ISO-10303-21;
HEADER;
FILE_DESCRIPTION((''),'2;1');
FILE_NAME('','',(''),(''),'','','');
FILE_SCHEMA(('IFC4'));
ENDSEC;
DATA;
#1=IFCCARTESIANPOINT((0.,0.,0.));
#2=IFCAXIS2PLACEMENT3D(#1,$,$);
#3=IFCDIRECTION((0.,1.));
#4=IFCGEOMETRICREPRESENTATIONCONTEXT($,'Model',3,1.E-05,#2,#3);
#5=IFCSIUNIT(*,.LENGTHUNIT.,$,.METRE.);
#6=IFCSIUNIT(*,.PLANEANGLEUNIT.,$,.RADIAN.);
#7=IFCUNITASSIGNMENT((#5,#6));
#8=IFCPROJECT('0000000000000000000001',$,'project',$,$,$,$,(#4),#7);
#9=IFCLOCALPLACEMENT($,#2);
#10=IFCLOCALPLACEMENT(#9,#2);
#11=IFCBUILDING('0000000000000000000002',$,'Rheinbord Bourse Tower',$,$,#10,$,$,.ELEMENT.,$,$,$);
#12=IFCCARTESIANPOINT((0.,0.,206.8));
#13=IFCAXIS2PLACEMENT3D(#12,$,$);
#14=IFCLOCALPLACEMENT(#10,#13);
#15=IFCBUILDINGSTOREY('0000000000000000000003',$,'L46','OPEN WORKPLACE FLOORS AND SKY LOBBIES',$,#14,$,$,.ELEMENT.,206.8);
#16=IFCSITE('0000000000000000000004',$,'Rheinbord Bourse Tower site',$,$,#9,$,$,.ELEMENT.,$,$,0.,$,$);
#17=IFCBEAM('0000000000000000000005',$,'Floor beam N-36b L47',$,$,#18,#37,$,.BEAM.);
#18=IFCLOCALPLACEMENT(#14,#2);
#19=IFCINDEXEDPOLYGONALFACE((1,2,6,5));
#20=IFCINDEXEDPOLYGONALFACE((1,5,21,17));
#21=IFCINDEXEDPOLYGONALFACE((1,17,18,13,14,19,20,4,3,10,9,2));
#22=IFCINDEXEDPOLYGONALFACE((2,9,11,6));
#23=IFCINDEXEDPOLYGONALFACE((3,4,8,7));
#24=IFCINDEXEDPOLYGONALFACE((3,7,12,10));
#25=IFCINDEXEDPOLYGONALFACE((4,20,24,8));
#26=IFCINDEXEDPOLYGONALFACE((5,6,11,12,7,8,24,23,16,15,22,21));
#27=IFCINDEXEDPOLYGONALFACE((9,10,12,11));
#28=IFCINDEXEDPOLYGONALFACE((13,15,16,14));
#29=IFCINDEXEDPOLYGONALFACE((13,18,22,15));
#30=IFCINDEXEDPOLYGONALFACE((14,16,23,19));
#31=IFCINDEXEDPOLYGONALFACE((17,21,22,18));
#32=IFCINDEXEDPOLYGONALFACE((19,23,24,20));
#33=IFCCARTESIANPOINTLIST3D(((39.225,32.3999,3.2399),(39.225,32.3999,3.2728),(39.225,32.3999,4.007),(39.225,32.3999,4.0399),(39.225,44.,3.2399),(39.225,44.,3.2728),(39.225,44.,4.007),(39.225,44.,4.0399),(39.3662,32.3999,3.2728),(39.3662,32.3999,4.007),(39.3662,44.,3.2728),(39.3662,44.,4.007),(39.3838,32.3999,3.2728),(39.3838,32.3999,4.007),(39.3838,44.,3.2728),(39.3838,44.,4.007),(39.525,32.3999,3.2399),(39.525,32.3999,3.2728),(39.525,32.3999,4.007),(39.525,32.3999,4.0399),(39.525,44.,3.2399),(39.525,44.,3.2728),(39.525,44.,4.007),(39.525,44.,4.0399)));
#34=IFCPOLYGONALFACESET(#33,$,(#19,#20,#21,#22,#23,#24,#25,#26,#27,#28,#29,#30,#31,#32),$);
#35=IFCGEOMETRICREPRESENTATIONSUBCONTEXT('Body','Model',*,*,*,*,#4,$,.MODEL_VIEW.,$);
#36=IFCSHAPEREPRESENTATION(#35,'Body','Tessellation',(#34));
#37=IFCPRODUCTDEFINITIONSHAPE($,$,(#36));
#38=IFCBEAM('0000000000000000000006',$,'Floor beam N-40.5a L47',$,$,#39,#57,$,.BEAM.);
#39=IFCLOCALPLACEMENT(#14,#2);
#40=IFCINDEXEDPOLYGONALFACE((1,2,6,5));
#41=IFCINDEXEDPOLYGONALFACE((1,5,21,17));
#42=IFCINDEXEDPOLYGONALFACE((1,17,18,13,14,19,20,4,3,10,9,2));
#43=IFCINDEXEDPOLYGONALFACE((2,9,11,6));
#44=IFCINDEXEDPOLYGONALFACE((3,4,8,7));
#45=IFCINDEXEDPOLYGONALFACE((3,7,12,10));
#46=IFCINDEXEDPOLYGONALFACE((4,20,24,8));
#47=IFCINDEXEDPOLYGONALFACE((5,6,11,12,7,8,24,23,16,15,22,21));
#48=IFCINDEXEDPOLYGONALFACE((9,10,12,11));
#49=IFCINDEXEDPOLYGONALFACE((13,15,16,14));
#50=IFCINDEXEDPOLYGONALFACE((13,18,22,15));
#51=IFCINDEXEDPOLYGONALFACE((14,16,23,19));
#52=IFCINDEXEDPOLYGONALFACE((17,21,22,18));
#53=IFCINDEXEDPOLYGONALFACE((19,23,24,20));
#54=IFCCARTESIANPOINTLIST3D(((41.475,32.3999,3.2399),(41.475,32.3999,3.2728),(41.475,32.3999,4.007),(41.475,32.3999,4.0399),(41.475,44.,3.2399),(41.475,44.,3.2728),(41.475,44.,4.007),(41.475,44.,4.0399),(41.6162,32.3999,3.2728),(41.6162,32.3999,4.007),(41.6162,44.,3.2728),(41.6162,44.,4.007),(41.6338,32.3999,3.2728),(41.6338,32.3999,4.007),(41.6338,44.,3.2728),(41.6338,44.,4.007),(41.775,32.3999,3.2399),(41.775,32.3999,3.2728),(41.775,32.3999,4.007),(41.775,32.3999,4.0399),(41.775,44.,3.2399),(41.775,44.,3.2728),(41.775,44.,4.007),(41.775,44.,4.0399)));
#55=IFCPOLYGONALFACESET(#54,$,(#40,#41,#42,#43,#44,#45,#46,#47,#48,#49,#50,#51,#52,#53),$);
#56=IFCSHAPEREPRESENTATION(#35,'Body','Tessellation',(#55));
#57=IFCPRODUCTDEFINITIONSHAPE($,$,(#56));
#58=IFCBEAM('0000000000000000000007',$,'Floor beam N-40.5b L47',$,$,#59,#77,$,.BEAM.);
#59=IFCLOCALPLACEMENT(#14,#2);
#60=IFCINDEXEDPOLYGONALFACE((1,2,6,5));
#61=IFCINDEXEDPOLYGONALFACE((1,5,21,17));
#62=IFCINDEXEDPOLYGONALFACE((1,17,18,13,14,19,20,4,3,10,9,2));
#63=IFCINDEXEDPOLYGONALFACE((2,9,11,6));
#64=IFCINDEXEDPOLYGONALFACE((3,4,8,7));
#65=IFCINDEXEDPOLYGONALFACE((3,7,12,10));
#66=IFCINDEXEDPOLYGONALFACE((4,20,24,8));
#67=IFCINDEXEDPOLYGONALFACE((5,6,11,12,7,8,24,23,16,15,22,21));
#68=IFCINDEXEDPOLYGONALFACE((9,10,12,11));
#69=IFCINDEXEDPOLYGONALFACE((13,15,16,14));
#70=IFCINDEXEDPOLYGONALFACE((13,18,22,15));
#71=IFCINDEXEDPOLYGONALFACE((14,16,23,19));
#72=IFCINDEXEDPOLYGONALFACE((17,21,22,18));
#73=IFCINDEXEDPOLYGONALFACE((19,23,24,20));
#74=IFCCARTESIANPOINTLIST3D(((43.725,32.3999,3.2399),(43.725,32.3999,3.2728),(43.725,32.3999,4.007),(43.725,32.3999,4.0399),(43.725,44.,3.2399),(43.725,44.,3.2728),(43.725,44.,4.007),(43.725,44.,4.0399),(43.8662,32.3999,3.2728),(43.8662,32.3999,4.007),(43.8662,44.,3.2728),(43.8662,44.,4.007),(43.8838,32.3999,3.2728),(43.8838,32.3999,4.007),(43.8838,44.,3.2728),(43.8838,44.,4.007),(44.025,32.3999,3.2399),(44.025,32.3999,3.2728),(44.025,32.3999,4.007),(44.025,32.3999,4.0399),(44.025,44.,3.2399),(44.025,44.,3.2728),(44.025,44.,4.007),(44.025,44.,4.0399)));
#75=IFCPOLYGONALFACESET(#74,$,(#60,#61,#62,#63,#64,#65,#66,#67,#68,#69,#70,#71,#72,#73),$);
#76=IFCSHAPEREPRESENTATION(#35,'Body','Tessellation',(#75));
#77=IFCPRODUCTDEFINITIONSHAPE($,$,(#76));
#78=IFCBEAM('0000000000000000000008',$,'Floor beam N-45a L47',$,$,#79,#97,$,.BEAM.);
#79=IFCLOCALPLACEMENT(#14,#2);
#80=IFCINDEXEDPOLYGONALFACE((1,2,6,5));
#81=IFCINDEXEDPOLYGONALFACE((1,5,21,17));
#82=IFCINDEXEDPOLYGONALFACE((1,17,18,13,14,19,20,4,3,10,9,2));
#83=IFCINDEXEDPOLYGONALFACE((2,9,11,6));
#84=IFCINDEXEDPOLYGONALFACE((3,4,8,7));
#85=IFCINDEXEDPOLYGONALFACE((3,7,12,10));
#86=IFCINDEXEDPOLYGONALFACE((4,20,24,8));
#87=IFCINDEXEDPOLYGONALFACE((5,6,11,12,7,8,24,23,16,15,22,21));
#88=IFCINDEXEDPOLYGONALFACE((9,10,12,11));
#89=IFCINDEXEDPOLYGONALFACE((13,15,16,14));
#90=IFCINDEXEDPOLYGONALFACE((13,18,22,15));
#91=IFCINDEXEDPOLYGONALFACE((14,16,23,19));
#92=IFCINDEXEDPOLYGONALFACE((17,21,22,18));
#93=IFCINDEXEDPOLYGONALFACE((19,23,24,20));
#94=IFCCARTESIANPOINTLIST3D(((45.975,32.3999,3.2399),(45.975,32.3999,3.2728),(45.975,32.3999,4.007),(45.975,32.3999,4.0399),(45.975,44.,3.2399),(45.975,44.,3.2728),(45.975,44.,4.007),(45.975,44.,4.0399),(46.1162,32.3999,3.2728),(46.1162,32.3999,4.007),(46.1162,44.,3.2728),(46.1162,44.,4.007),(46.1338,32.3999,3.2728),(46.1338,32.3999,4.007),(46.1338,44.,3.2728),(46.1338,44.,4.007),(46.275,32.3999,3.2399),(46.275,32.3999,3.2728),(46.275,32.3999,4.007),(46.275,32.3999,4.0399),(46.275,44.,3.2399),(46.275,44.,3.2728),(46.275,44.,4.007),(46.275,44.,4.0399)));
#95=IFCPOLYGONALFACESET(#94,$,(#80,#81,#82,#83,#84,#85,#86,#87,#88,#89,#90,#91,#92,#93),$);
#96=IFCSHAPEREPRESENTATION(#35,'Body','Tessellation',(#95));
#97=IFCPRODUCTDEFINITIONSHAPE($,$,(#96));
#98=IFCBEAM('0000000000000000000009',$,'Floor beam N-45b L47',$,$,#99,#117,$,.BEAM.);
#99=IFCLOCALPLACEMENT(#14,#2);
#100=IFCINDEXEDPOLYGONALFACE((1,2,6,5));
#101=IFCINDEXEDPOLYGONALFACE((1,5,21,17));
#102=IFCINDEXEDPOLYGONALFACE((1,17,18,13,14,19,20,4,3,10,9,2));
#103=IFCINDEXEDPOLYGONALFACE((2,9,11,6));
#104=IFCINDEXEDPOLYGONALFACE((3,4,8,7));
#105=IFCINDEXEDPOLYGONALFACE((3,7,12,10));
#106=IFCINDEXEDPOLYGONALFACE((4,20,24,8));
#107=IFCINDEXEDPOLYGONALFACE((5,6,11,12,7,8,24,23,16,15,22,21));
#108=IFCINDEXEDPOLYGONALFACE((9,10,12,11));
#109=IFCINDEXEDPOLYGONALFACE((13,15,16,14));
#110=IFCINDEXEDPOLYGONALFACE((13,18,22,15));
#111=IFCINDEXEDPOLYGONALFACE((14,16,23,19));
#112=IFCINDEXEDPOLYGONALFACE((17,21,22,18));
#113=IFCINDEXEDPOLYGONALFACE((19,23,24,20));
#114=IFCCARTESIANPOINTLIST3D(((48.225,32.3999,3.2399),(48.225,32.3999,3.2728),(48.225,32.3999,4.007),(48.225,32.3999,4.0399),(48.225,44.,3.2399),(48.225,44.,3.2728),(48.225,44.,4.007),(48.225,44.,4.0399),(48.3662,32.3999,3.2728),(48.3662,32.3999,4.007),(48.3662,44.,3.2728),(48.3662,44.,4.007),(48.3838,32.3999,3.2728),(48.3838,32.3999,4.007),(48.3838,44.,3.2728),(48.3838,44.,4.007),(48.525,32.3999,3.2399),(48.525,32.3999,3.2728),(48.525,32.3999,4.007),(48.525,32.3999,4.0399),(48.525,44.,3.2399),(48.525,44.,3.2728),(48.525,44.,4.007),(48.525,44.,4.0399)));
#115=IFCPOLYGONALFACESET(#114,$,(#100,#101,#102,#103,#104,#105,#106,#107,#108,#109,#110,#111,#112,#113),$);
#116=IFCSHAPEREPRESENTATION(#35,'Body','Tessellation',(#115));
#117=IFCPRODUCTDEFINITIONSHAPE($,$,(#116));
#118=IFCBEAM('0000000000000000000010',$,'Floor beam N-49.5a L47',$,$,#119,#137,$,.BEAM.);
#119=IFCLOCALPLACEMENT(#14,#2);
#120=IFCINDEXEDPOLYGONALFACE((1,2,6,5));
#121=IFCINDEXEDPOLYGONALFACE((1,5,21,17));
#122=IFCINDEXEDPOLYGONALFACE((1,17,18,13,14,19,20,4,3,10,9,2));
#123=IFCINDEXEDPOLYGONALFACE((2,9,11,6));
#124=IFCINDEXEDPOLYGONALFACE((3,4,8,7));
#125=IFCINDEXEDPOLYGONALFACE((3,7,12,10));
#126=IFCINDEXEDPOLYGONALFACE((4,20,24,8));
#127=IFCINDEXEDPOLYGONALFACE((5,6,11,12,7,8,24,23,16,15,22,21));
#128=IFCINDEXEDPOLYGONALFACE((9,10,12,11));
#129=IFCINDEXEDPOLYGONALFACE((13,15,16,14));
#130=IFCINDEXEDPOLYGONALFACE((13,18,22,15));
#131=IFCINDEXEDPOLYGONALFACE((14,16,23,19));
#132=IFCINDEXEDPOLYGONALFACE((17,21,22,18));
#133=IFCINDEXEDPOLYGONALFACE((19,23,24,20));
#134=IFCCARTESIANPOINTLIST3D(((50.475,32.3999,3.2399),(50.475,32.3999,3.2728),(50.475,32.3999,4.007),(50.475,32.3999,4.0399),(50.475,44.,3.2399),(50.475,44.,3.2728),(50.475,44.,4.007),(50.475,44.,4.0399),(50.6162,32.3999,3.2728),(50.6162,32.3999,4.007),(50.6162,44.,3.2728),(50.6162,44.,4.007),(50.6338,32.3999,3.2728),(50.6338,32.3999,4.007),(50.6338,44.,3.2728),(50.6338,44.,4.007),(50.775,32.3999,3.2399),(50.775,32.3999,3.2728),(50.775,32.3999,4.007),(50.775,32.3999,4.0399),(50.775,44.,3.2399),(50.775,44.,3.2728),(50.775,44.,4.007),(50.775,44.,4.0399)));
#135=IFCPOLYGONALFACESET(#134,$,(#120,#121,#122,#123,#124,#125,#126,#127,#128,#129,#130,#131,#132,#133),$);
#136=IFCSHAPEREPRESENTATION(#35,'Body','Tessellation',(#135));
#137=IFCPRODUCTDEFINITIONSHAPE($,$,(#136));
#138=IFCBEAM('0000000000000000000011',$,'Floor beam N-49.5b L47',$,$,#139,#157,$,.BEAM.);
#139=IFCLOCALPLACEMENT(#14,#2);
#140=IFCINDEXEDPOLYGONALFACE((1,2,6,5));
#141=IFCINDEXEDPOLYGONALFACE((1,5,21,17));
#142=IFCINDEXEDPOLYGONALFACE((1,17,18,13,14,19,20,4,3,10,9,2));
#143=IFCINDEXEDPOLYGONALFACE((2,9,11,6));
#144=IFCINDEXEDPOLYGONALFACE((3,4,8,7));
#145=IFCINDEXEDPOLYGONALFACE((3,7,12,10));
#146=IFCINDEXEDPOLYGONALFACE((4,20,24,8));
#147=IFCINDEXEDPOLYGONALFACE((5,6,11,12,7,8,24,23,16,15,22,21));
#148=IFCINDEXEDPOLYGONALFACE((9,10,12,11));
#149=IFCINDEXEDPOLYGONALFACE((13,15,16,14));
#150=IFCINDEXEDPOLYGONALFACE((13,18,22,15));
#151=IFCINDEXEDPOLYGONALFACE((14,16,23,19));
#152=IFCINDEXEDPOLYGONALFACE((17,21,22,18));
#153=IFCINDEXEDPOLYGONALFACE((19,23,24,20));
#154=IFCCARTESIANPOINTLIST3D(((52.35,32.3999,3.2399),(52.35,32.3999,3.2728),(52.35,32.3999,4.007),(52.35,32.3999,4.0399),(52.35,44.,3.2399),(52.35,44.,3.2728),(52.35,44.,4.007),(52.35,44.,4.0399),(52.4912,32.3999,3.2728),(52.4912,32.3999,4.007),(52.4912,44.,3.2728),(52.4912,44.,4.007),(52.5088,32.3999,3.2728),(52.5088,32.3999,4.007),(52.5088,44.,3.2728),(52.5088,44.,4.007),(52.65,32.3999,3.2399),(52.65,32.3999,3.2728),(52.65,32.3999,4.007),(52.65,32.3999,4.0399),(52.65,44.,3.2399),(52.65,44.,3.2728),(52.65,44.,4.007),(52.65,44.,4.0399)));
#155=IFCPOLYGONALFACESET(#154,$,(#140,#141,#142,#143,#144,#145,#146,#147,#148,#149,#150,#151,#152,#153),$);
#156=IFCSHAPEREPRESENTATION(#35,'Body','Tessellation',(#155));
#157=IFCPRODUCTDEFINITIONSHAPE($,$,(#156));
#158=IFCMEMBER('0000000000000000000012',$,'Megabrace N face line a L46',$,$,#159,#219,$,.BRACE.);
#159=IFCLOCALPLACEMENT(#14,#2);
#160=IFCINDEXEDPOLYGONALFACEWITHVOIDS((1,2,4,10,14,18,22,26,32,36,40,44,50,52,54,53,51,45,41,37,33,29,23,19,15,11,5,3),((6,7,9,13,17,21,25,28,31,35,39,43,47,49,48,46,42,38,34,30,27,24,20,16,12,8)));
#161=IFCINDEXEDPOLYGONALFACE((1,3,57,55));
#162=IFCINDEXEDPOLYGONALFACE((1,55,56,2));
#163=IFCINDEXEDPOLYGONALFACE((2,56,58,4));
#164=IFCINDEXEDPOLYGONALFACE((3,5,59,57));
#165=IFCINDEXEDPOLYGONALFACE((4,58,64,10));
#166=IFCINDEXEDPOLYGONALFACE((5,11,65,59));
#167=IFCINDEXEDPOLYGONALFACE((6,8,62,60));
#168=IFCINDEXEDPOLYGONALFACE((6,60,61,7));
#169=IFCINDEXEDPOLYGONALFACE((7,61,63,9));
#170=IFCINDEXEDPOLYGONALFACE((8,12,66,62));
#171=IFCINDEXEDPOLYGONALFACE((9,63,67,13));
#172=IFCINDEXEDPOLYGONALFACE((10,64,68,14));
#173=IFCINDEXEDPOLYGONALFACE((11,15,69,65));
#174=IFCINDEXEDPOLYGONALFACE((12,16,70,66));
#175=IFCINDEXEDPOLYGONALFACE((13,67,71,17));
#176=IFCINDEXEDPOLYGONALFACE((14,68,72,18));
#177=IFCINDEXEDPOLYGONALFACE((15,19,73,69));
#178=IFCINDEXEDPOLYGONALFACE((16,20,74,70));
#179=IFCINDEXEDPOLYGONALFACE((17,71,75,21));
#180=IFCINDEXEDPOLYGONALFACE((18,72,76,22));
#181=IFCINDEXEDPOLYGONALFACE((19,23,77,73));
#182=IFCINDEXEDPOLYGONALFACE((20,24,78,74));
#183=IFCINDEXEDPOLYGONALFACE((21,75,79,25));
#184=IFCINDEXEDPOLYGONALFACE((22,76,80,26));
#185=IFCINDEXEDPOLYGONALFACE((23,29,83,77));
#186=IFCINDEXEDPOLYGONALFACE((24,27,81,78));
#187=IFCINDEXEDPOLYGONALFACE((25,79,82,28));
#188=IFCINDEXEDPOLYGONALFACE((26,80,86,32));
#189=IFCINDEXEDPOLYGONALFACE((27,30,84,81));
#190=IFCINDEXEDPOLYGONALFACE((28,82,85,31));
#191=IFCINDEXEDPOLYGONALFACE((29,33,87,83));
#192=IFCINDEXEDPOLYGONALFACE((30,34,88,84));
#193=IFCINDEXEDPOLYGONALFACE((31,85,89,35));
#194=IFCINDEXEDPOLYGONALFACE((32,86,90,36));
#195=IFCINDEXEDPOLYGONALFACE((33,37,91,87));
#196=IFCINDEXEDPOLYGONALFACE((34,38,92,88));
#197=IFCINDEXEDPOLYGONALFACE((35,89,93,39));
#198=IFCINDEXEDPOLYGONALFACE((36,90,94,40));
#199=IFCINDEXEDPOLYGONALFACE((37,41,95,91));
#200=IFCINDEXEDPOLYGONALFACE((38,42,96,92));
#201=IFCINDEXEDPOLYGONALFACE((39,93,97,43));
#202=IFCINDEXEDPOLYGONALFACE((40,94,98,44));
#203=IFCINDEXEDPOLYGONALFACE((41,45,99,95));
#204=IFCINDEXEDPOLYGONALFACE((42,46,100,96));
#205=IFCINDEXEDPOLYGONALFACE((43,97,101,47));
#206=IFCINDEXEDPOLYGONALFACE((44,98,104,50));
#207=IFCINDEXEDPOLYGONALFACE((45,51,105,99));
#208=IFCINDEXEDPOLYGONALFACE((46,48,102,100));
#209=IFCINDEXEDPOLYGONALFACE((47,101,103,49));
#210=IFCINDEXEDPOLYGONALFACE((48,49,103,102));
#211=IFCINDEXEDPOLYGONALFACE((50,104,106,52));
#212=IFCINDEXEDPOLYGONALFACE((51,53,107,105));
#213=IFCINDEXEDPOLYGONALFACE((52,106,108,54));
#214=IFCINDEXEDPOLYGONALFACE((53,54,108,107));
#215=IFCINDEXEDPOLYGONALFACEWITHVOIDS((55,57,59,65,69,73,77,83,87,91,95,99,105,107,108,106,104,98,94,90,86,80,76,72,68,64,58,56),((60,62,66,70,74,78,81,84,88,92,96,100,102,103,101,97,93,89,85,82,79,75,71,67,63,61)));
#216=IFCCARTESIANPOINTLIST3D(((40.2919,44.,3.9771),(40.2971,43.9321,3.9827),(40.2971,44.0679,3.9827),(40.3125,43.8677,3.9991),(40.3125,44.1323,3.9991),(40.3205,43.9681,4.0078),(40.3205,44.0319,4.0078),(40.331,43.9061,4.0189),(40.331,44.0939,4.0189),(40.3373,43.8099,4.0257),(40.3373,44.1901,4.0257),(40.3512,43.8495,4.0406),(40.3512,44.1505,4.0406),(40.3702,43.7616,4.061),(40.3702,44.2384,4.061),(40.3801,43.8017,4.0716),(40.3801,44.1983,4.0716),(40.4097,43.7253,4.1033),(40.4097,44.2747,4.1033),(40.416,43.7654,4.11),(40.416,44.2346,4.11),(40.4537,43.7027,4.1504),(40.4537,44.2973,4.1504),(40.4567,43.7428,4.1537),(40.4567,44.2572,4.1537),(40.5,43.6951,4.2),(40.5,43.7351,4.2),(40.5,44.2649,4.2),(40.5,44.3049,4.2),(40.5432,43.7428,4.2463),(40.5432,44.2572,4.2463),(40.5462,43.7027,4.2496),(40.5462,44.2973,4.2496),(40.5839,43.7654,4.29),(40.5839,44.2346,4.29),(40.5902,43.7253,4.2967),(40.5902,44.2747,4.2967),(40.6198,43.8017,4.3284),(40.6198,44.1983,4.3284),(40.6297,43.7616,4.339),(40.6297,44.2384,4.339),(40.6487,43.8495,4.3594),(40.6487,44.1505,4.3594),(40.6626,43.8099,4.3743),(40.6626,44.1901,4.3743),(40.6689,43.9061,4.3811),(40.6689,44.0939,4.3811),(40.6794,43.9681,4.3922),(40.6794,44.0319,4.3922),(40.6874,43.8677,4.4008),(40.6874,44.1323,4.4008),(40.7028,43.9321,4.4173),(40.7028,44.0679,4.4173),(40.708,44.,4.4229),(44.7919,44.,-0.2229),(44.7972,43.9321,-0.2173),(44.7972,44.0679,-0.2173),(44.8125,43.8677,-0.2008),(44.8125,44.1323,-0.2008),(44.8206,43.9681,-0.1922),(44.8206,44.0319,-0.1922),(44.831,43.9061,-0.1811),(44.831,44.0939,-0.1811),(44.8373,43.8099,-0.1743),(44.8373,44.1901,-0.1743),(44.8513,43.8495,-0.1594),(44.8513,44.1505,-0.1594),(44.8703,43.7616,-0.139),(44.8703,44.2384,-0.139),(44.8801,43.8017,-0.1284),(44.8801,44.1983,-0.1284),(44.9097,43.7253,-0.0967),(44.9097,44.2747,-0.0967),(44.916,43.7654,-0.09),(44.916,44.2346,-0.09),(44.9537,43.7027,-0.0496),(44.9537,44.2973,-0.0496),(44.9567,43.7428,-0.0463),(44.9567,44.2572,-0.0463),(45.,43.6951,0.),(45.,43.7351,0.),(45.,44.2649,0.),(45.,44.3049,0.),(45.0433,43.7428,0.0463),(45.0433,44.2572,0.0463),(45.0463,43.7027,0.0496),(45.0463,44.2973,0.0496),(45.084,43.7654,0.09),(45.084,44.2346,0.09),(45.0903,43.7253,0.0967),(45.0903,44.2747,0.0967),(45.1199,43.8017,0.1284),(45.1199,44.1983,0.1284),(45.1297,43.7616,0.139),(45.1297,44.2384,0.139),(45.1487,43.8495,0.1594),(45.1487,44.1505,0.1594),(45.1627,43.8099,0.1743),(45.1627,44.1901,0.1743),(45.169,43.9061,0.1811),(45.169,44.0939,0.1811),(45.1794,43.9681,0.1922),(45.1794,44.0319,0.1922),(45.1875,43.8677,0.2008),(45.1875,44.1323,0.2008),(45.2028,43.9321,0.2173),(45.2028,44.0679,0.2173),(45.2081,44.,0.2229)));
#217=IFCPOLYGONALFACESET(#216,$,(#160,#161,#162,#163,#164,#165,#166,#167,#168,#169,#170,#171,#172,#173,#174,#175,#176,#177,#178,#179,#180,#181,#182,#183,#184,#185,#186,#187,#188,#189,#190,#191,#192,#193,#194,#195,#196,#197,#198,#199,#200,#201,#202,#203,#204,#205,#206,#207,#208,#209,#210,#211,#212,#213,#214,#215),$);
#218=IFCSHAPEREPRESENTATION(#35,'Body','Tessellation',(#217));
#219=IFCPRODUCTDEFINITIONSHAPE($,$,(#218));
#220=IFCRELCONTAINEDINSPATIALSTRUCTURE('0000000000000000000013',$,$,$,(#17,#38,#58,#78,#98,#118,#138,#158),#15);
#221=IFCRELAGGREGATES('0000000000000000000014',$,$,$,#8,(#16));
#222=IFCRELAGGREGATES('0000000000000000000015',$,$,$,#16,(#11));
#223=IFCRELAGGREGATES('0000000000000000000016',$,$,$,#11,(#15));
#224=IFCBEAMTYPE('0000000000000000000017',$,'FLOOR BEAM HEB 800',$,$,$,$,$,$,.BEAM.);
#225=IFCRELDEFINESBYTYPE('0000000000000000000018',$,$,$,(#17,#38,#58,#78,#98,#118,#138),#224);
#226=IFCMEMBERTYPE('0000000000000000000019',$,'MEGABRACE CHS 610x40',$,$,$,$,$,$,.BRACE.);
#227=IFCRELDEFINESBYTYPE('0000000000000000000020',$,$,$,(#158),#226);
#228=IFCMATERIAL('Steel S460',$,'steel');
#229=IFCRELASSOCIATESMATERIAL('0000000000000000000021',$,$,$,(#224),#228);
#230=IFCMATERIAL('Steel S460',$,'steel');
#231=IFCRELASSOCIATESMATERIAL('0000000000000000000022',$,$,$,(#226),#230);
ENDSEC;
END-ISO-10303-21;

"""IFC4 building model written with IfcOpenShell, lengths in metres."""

from ifc_helpers import new_model, si_unit, direction, frame, origin, origin_2d, place, context, subcontext, project, spatial, hollow_circle, i_section, extrude, material, material_profile, profile_set, type_object, element, save


model = new_model("IFC4")

# Units and contexts
model_context = context("Model", 3, precision=1e-05, world=origin(), true_north=direction((0.0, 1.0)))
body_context = subcontext(model_context, "Body", "Model", "MODEL_VIEW")
ifc_project = project(units=[si_unit("LENGTHUNIT", "METRE"), si_unit("PLANEANGLEUNIT", "RADIAN")], contexts=[model_context])

# Site, building, storey
site_placement = place(None, origin())
site = spatial("IfcSite", under=ifc_project, at=site_placement, Name="Rheinbord Bourse Tower site", CompositionType="ELEMENT", RefElevation=0.0)
building_placement = place(site_placement, origin())
building = spatial("IfcBuilding", under=site, at=building_placement, Name="Rheinbord Bourse Tower", CompositionType="ELEMENT")
storey_placement = place(building_placement, frame((0.0, 0.0, 206.8)))
storey = spatial("IfcBuildingStorey", under=building, at=storey_placement, Name="L46", Description="OPEN WORKPLACE FLOORS AND SKY LOBBIES", CompositionType="ELEMENT", Elevation=206.8)

# Beams
ifc_material_1 = material(Name="Steel S460", Category="steel")
ifc_material_profile_1 = material_profile(ifc_material_1, i_section(OverallWidth=0.3, OverallDepth=0.8, WebThickness=0.0176, FlangeThickness=0.033, at=origin_2d()), Name="HEB 800")
ifc_profile_set_1 = profile_set([ifc_material_profile_1], Name="Steel S460")
beam_type_1 = type_object("IfcBeamType", Name="FLOOR BEAM HEB 800", PredefinedType="BEAM", material=ifc_profile_set_1)
for number, where, z_axis, x_axis, name in (
    (1, (39.375, 44.0, 3.6399), (0.0, -1.0, 0.0), (1.0, 0.0, 0.0), "Floor beam N-36b L47"),
    (2, (41.625, 44.0, 3.6399), (0.0, -1.0, 0.0), (1.0, 0.0, 0.0), "Floor beam N-40.5a L47"),
    (3, (43.875, 44.0, 3.6399), (0.0, -1.0, 0.0), (1.0, 0.0, 0.0), "Floor beam N-40.5b L47"),
    (4, (46.125, 44.0, 3.6399), (0.0, -1.0, 0.0), (1.0, 0.0, 0.0), "Floor beam N-45a L47"),
    (5, (48.375, 44.0, 3.6399), (0.0, -1.0, 0.0), (1.0, 0.0, 0.0), "Floor beam N-45b L47"),
    (6, (50.625, 44.0, 3.6399), (0.0, -1.0, 0.0), (1.0, 0.0, 0.0), "Floor beam N-49.5a L47"),
    (7, (52.5, 44.0, 3.6399), (0.0, -1.0, 0.0), (1.0, 0.0, 0.0), "Floor beam N-49.5b L47"),
):
    element("IfcBeam", number, at=place(storey_placement, frame(where, z_axis=z_axis, x_axis=x_axis)), inside=storey, type_object=beam_type_1, Name=name, PredefinedType="BEAM", context=body_context, shape_type="SweptSolid", body=[
        extrude(i_section(OverallWidth=0.3, OverallDepth=0.8, WebThickness=0.0176, FlangeThickness=0.033, at=origin_2d()), origin(), (0.0, 0.0, 1.0), 11.6001),
    ])

# Member
ifc_material_2 = material(Name="Steel S460", Category="steel")
ifc_material_profile_2 = material_profile(ifc_material_2, hollow_circle(Radius=0.3049, WallThickness=0.04, at=origin_2d()), Name="CHS 610x40")
ifc_profile_set_2 = profile_set([ifc_material_profile_2], Name="Steel S460")
member_type_1 = type_object("IfcMemberType", Name="MEGABRACE CHS 610x40", PredefinedType="BRACE", material=ifc_profile_set_2)
member_1_placement = place(storey_placement, frame((45.0, 44.0, 0.0), z_axis=(-0.731059, 0.0, 0.682314), x_axis=(0.0, -1.0, 0.0)))
element("IfcMember", 8, at=member_1_placement, inside=storey, type_object=member_type_1, Name="Megabrace N face line a L46", PredefinedType="BRACE", context=body_context, shape_type="SweptSolid", body=[
    extrude(hollow_circle(Radius=0.3049, WallThickness=0.04, at=origin_2d()), origin(), (0.0, 0.0, 1.0), 6.1555),
])

save(model, "model.ifc")
